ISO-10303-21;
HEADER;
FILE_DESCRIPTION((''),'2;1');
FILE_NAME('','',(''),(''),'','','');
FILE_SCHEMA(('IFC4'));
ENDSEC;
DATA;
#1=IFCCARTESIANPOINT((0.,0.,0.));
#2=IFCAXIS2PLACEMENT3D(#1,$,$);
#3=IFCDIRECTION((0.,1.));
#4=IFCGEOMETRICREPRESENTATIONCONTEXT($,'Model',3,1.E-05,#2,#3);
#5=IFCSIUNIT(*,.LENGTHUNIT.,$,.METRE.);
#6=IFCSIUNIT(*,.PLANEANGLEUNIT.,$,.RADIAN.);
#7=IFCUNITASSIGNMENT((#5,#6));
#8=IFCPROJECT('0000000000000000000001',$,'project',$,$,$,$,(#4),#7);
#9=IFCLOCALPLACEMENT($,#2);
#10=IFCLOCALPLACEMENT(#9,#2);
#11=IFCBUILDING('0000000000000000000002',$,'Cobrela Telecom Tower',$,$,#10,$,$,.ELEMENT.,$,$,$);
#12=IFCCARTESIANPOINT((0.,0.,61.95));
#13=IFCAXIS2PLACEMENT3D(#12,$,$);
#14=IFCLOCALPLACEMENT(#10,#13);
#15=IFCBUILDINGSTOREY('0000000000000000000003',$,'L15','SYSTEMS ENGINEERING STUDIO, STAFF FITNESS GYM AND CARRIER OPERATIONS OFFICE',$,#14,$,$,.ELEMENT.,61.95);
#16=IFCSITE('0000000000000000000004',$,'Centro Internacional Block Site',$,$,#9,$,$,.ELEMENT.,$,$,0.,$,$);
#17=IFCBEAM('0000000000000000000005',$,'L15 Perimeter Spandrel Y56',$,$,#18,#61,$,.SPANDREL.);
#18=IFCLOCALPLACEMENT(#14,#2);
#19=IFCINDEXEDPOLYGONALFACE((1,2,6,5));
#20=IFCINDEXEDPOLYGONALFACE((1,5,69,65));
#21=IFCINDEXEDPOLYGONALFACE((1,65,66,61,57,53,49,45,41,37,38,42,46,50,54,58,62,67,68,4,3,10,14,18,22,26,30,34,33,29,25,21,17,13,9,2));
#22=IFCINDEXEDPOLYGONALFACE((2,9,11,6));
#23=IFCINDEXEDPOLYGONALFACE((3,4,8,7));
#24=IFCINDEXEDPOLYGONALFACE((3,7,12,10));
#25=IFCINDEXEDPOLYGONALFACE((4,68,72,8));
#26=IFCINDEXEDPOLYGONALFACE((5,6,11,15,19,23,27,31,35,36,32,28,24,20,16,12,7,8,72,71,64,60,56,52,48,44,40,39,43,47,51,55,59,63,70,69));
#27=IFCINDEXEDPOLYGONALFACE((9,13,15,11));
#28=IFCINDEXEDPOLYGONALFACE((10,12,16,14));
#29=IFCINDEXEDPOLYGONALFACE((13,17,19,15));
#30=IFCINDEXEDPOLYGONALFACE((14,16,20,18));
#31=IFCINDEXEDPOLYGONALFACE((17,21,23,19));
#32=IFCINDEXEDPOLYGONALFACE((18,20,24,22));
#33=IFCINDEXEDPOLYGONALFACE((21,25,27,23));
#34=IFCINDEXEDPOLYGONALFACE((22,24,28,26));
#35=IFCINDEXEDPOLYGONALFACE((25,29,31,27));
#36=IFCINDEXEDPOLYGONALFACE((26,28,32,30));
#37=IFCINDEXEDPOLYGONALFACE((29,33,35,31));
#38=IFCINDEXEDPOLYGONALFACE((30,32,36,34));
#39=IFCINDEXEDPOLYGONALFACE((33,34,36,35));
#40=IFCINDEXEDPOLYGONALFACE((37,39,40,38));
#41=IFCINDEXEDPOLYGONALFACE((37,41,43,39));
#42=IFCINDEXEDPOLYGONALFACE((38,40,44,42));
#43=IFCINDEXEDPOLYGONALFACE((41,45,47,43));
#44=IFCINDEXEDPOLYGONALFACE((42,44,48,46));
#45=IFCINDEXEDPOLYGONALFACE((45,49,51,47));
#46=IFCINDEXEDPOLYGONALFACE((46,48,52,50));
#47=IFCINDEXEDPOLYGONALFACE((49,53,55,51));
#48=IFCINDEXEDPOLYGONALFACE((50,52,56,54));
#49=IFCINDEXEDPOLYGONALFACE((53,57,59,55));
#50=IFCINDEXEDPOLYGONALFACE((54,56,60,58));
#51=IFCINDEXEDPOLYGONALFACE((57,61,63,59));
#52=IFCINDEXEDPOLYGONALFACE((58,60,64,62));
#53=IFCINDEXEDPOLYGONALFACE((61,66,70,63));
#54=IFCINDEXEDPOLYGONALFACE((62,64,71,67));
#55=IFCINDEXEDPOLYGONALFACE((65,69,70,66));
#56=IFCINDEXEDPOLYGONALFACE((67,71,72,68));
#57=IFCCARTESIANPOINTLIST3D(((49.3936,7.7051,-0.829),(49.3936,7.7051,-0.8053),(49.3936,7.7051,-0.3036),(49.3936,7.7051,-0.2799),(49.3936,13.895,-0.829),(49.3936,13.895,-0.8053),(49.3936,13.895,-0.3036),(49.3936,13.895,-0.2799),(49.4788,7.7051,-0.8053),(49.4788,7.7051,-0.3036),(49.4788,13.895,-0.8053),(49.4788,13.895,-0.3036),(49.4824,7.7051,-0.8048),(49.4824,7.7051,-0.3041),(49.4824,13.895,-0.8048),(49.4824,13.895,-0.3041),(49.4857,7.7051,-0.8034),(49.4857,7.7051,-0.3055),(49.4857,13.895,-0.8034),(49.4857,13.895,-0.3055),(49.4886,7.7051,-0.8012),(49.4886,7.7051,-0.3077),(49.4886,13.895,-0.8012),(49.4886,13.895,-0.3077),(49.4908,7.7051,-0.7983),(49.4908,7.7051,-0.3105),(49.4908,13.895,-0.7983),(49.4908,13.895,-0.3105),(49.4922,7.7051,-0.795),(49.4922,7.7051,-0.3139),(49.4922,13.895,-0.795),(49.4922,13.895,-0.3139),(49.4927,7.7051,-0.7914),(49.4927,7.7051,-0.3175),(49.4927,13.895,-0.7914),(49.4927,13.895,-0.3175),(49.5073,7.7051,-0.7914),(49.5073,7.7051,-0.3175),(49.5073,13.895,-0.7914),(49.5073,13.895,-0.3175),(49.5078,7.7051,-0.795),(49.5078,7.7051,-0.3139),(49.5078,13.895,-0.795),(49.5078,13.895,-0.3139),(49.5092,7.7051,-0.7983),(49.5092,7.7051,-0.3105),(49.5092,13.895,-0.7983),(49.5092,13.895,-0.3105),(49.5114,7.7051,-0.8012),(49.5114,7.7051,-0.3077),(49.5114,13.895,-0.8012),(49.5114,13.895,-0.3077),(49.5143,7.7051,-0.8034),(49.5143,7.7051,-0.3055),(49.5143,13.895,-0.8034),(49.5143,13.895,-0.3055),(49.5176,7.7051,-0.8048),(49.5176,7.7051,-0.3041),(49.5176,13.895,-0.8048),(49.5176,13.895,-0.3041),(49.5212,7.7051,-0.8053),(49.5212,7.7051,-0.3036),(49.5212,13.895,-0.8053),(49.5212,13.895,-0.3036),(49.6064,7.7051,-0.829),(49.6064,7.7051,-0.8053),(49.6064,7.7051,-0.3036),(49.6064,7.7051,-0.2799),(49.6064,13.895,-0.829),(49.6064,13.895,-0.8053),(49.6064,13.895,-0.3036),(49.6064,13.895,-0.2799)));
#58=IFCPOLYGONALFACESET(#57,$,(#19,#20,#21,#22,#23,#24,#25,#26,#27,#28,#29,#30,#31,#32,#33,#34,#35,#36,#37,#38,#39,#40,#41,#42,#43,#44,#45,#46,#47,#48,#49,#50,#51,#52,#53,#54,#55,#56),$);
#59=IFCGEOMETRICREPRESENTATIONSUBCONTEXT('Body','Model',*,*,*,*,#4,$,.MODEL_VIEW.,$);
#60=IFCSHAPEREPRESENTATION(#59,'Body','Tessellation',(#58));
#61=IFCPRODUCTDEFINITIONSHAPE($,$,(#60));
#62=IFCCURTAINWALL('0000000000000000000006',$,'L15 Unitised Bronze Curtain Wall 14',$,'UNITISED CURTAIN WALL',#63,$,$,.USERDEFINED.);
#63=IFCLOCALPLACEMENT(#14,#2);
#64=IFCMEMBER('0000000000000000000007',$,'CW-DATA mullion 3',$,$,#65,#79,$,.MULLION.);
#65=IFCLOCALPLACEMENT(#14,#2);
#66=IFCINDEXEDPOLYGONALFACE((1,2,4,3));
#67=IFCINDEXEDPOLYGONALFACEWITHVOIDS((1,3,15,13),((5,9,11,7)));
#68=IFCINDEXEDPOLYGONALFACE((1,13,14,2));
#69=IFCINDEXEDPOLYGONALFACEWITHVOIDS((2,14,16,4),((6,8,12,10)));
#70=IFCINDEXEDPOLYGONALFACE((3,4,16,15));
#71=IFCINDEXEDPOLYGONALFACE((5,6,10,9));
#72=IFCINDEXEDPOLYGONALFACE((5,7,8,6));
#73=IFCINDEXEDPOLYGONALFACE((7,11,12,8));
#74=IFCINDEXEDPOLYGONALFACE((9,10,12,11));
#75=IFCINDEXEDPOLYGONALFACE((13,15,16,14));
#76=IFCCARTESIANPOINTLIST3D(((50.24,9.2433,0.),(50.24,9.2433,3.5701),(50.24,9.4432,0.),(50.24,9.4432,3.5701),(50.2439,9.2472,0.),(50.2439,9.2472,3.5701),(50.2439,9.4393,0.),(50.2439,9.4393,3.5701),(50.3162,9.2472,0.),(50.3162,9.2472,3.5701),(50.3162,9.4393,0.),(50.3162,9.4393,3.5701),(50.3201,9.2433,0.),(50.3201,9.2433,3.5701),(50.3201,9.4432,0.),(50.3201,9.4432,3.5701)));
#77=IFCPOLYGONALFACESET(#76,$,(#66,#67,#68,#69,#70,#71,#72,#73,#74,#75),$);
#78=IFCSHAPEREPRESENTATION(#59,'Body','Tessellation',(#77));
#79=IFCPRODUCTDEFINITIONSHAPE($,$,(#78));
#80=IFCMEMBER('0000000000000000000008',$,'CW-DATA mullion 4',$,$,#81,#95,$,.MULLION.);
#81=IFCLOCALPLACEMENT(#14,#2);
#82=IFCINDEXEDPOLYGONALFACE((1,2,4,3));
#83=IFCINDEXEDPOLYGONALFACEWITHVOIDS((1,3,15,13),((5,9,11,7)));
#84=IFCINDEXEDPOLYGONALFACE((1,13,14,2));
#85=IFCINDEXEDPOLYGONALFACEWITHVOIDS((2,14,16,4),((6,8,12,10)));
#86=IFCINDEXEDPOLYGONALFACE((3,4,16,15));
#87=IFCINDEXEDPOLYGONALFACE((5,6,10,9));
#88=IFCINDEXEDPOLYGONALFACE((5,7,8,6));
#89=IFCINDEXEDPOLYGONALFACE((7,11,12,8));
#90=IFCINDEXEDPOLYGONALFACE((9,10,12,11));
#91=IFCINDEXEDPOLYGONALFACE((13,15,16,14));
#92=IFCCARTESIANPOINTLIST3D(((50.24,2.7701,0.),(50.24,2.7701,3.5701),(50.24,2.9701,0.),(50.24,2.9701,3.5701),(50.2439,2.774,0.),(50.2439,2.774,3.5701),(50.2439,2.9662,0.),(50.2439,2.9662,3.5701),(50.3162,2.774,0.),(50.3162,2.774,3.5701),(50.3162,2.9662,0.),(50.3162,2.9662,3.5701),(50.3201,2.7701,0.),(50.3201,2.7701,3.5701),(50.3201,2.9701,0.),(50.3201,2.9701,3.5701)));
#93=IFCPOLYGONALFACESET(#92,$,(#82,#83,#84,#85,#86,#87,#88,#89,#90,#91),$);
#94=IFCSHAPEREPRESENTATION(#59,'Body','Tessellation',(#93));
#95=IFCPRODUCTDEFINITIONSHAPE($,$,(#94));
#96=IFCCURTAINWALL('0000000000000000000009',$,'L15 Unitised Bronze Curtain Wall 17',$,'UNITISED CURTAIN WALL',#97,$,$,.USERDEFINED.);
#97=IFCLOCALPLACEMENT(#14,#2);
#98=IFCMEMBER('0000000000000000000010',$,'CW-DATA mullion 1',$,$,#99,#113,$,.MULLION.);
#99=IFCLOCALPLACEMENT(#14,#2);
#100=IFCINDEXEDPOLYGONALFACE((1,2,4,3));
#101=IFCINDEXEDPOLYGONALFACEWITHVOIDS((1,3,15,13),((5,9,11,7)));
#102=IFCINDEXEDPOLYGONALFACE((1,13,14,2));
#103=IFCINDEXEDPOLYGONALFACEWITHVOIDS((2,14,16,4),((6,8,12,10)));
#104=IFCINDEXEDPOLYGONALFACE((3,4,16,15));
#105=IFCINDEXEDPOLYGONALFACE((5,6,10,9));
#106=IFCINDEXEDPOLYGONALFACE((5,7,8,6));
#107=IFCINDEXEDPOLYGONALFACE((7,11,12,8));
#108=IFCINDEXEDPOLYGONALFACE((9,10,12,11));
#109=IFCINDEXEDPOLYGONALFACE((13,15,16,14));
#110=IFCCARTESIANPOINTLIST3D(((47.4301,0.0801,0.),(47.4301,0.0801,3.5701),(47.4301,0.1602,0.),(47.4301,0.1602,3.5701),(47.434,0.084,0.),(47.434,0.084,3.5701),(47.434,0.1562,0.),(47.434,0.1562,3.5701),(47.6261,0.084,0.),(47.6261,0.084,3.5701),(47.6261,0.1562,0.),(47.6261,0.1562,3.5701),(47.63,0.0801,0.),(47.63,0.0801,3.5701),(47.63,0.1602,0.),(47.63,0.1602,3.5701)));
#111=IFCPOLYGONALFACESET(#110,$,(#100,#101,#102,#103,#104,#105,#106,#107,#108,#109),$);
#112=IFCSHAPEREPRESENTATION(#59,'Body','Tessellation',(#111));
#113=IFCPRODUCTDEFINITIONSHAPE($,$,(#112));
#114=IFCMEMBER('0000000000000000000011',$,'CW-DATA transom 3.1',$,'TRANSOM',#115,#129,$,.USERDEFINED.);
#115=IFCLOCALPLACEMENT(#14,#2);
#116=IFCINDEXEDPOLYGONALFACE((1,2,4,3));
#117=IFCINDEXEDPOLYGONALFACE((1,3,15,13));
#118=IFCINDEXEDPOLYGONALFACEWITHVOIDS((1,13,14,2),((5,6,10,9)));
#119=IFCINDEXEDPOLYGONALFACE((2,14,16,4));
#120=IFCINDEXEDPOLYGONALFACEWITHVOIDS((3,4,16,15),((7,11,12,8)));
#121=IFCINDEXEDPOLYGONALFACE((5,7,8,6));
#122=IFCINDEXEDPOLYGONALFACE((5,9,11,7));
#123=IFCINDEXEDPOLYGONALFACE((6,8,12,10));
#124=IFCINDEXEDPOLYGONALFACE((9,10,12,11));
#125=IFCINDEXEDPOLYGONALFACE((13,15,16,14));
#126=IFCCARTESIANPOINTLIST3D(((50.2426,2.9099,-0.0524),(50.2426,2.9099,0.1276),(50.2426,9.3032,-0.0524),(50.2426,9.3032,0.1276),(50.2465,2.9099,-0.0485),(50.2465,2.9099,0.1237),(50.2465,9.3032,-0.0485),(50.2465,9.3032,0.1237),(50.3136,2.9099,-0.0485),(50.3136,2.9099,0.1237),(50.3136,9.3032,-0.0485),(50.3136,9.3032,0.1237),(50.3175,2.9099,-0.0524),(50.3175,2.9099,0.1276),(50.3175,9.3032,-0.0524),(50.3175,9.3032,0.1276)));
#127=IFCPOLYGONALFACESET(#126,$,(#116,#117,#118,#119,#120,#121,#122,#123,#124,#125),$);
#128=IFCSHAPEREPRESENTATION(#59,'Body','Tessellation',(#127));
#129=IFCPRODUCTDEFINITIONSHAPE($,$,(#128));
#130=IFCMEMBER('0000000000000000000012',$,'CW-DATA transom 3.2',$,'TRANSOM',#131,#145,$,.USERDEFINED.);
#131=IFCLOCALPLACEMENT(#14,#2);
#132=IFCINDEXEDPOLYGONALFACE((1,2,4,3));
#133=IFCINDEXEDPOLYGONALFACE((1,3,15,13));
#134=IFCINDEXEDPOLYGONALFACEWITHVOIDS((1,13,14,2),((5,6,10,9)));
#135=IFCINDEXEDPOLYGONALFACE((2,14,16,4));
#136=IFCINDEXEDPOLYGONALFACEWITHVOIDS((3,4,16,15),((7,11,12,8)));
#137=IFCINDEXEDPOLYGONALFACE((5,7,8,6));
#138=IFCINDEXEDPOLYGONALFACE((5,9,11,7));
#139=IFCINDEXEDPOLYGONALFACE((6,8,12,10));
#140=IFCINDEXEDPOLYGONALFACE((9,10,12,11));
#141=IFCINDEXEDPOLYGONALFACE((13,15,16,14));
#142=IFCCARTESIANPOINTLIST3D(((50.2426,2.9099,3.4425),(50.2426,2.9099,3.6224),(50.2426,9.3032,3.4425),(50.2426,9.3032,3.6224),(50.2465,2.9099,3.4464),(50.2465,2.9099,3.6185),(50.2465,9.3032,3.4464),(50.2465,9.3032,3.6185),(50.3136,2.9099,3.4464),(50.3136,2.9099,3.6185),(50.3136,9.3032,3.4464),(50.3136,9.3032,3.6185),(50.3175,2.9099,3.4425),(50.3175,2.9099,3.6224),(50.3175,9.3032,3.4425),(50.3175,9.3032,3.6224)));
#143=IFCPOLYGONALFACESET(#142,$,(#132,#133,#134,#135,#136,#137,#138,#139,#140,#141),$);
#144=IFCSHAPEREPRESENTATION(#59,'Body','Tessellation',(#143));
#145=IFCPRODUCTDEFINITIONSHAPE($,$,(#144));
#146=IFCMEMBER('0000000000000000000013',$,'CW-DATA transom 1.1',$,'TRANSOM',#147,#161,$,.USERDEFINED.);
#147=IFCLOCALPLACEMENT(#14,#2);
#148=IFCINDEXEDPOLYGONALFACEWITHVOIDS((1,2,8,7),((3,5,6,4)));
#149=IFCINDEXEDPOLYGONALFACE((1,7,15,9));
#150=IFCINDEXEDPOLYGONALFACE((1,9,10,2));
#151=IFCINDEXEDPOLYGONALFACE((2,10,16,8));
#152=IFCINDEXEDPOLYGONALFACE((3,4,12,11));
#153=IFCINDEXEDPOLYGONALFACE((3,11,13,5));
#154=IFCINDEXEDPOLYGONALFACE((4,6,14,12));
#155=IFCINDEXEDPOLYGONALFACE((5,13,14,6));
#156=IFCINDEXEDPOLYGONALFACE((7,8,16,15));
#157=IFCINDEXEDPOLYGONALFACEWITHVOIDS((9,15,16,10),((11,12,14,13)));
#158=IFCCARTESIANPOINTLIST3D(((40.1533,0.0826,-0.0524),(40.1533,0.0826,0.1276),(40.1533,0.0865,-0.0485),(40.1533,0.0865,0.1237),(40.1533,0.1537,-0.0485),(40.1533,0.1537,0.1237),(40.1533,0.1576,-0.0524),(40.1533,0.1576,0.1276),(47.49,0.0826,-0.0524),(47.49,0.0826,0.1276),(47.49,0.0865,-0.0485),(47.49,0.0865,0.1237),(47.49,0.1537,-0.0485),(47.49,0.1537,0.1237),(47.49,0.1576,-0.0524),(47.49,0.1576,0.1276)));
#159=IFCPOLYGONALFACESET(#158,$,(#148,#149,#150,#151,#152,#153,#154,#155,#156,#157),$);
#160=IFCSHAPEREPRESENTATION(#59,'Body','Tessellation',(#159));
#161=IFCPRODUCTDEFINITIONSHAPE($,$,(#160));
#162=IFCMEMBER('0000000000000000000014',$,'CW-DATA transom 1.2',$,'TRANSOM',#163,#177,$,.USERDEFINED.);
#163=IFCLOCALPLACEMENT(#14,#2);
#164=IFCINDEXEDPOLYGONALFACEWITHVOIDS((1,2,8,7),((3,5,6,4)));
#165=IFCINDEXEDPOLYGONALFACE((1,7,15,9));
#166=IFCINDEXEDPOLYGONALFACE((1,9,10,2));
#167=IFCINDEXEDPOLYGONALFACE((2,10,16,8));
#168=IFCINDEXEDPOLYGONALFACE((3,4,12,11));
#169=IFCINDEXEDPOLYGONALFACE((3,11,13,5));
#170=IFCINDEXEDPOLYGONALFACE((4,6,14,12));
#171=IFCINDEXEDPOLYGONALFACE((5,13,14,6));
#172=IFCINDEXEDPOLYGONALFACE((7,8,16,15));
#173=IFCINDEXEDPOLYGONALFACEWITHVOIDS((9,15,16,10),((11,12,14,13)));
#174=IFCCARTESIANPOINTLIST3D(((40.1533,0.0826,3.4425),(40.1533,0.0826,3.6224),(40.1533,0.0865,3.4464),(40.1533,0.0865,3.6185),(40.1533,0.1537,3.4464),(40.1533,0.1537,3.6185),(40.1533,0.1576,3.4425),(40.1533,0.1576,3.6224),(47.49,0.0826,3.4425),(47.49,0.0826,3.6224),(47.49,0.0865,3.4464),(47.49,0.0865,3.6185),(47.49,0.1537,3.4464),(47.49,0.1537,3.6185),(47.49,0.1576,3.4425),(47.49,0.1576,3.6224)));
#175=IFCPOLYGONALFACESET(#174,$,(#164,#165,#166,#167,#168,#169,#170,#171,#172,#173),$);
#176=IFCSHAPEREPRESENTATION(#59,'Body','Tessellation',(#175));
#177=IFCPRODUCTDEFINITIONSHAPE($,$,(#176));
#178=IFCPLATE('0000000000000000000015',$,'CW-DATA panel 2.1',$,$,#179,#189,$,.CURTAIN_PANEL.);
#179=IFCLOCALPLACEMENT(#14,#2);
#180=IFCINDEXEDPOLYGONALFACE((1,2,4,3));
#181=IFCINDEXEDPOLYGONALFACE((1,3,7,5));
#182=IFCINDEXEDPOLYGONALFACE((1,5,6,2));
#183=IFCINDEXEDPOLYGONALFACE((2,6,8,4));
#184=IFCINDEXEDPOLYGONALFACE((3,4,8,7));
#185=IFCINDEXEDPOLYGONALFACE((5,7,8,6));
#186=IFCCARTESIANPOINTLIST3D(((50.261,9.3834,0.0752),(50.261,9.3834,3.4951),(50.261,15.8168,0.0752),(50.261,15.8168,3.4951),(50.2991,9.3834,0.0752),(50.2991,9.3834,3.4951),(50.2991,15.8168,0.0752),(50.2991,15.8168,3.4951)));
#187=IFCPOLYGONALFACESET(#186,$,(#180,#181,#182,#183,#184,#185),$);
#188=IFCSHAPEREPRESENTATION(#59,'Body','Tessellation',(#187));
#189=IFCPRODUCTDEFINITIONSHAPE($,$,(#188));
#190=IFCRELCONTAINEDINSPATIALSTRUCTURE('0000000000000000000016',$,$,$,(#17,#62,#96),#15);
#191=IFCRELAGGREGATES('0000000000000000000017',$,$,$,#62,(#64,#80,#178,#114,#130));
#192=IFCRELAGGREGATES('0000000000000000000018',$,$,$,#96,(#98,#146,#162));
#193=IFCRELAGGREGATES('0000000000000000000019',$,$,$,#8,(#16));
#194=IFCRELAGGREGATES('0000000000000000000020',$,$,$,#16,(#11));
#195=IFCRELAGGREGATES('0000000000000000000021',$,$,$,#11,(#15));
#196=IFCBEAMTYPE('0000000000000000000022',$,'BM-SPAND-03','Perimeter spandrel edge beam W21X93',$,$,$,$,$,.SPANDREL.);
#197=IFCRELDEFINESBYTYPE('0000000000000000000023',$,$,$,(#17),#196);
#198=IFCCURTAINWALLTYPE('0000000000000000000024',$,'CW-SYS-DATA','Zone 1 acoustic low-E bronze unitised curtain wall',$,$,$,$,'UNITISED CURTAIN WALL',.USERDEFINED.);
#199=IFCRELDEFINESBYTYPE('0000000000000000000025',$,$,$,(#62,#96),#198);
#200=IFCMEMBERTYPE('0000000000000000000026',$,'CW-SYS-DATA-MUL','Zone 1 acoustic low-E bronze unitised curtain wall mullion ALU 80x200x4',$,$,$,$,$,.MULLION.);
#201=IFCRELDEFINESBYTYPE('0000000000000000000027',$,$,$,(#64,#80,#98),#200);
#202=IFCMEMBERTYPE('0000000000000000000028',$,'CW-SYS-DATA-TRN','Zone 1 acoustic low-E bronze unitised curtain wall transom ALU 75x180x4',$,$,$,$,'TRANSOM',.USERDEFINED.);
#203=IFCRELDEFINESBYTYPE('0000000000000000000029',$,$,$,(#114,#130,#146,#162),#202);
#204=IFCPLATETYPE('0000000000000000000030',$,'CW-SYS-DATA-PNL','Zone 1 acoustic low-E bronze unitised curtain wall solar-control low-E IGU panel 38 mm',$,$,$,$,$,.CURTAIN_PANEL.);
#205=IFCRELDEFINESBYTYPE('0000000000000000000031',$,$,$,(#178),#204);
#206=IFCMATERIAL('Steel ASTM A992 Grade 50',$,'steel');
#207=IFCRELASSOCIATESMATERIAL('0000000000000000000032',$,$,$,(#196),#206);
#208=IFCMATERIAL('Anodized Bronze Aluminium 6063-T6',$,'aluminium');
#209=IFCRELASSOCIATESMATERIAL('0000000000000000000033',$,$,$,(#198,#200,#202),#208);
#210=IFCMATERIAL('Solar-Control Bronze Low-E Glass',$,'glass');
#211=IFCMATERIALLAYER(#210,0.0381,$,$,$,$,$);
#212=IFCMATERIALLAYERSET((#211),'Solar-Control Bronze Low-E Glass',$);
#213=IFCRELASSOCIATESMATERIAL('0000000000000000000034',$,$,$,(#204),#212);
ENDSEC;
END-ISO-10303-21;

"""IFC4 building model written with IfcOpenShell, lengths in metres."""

from ifc_helpers import new_model, si_unit, direction, frame, origin, origin_2d, place, context, subcontext, project, spatial, rectangle, hollow_rectangle, i_section, extrude, material, layer, layer_set, material_profile, profile_set, type_object, element, aggregate, save


model = new_model("IFC4")

# Units and contexts
model_context = context("Model", 3, precision=1e-05, world=origin(), true_north=direction((0.0, 1.0)))
body_context = subcontext(model_context, "Body", "Model", "MODEL_VIEW")
ifc_project = project(units=[si_unit("LENGTHUNIT", "METRE"), si_unit("PLANEANGLEUNIT", "RADIAN")], contexts=[model_context])

# Site, building, storey
site_placement = place(None, origin())
site = spatial("IfcSite", under=ifc_project, at=site_placement, Name="Centro Internacional Block Site", CompositionType="ELEMENT", RefElevation=0.0)
building_placement = place(site_placement, origin())
building = spatial("IfcBuilding", under=site, at=building_placement, Name="Cobrela Telecom Tower", CompositionType="ELEMENT")
storey_placement = place(building_placement, frame((0.0, 0.0, 61.95)))
storey = spatial("IfcBuildingStorey", under=building, at=storey_placement, Name="L15", Description="SYSTEMS ENGINEERING STUDIO, STAFF FITNESS GYM AND CARRIER OPERATIONS OFFICE", CompositionType="ELEMENT", Elevation=61.95)

# Shared definitions
ifc_material_1 = material(Name="Steel ASTM A992 Grade 50", Category="steel")

# Beam
ifc_material_profile_1 = material_profile(ifc_material_1, i_section(OverallWidth=0.2129, OverallDepth=0.5491, WebThickness=0.0146, FlangeThickness=0.0237, FilletRadius=0.0139, at=origin_2d()), Name="W21X93")
ifc_profile_set_1 = profile_set([ifc_material_profile_1], Name="Steel ASTM A992 Grade 50")
beam_type_1 = type_object("IfcBeamType", Name="BM-SPAND-03", Description="Perimeter spandrel edge beam W21X93", PredefinedType="SPANDREL", material=ifc_profile_set_1)
beam_1_placement = place(storey_placement, frame((49.5, 7.7051, -0.5544), z_axis=(0.0, 1.0, 0.0), x_axis=(-1.0, 0.0, 0.0)))
element("IfcBeam", 1, at=beam_1_placement, inside=storey, type_object=beam_type_1, Name="L15 Perimeter Spandrel Y56", PredefinedType="SPANDREL", context=body_context, shape_type="SweptSolid", body=[
    extrude(i_section(OverallWidth=0.2129, OverallDepth=0.5491, WebThickness=0.0146, FlangeThickness=0.0237, FilletRadius=0.0139, at=origin_2d()), origin(), (0.0, 0.0, 1.0), 6.1899),
])

# Curtain wall, members
ifc_material_2 = material(Name="Anodized Bronze Aluminium 6063-T6", Category="aluminium")
curtain_wall_type = type_object("IfcCurtainWallType", Name="CW-SYS-DATA", Description="Zone 1 acoustic low-E bronze unitised curtain wall", ElementType="UNITISED CURTAIN WALL", PredefinedType="USERDEFINED", material=ifc_material_2)
curtain_wall_1_placement = place(storey_placement, origin())
curtain_wall_1 = element("IfcCurtainWall", 2, at=curtain_wall_1_placement, inside=storey, type_object=curtain_wall_type, Name="L15 Unitised Bronze Curtain Wall 14", ObjectType="UNITISED CURTAIN WALL", PredefinedType="USERDEFINED")
ifc_material_profile_2 = material_profile(ifc_material_2, hollow_rectangle(XDim=0.0801, YDim=0.2, WallThickness=0.0039, at=origin_2d()), Name="ALU 80x200x4")
ifc_profile_set_2 = profile_set([ifc_material_profile_2], Name="Anodized Bronze Aluminium 6063-T6")
member_type_1 = type_object("IfcMemberType", Name="CW-SYS-DATA-MUL", Description="Zone 1 acoustic low-E bronze unitised curtain wall mullion ALU 80x200x4", PredefinedType="MULLION", material=ifc_profile_set_2)
member_1_placement = place(storey_placement, frame((50.28, 9.3433, 0.0), z_axis=(0.0, 0.0, 1.0), x_axis=(1.0, 0.0, 0.0)))
member_1 = element("IfcMember", 3, at=member_1_placement, type_object=member_type_1, Name="CW-DATA mullion 3", PredefinedType="MULLION", context=body_context, shape_type="SweptSolid", body=[
    extrude(hollow_rectangle(XDim=0.0801, YDim=0.2, WallThickness=0.0039, at=origin_2d()), origin(), (0.0, 0.0, 1.0), 3.5701),
])
member_2_placement = place(storey_placement, frame((50.28, 2.8701, 0.0), z_axis=(0.0, 0.0, 1.0), x_axis=(1.0, 0.0, 0.0)))
member_2 = element("IfcMember", 4, at=member_2_placement, type_object=member_type_1, Name="CW-DATA mullion 4", PredefinedType="MULLION", context=body_context, shape_type="SweptSolid", body=[
    extrude(hollow_rectangle(XDim=0.0801, YDim=0.2, WallThickness=0.0039, at=origin_2d()), origin(), (0.0, 0.0, 1.0), 3.5701),
])

# Curtain wall, member
curtain_wall_2_placement = place(storey_placement, origin())
curtain_wall_2 = element("IfcCurtainWall", 5, at=curtain_wall_2_placement, inside=storey, type_object=curtain_wall_type, Name="L15 Unitised Bronze Curtain Wall 17", ObjectType="UNITISED CURTAIN WALL", PredefinedType="USERDEFINED")
member_3_placement = place(storey_placement, frame((47.53, 0.1201, 0.0), z_axis=(0.0, 0.0, 1.0), x_axis=(0.0, -1.0, 0.0)))
member_3 = element("IfcMember", 6, at=member_3_placement, type_object=member_type_1, Name="CW-DATA mullion 1", PredefinedType="MULLION", context=body_context, shape_type="SweptSolid", body=[
    extrude(hollow_rectangle(XDim=0.0801, YDim=0.2, WallThickness=0.0039, at=origin_2d()), origin(), (0.0, 0.0, 1.0), 3.5701),
])

# Members
ifc_material_profile_3 = material_profile(ifc_material_2, hollow_rectangle(XDim=0.075, YDim=0.1799, WallThickness=0.0039, at=origin_2d()), Name="ALU 75x180x4")
ifc_profile_set_3 = profile_set([ifc_material_profile_3], Name="Anodized Bronze Aluminium 6063-T6")
member_type_2 = type_object("IfcMemberType", Name="CW-SYS-DATA-TRN", Description="Zone 1 acoustic low-E bronze unitised curtain wall transom ALU 75x180x4", ElementType="TRANSOM", PredefinedType="USERDEFINED", material=ifc_profile_set_3)
member_4_placement = place(storey_placement, frame((50.28, 9.3032, 0.0376), z_axis=(0.0, -1.0, 0.0), x_axis=(1.0, 0.0, 0.0)))
member_4 = element("IfcMember", 7, at=member_4_placement, type_object=member_type_2, Name="CW-DATA transom 3.1", ObjectType="TRANSOM", PredefinedType="USERDEFINED", context=body_context, shape_type="SweptSolid", body=[
    extrude(hollow_rectangle(XDim=0.075, YDim=0.1799, WallThickness=0.0039, at=origin_2d()), origin(), (0.0, 0.0, 1.0), 6.3933),
])
member_5_placement = place(storey_placement, frame((50.28, 9.3032, 3.5325), z_axis=(0.0, -1.0, 0.0), x_axis=(1.0, 0.0, 0.0)))
member_5 = element("IfcMember", 8, at=member_5_placement, type_object=member_type_2, Name="CW-DATA transom 3.2", ObjectType="TRANSOM", PredefinedType="USERDEFINED", context=body_context, shape_type="SweptSolid", body=[
    extrude(hollow_rectangle(XDim=0.075, YDim=0.1799, WallThickness=0.0039, at=origin_2d()), origin(), (0.0, 0.0, 1.0), 6.3933),
])
member_6_placement = place(storey_placement, frame((47.49, 0.1201, 0.0376), z_axis=(-1.0, 0.0, 0.0), x_axis=(0.0, -1.0, 0.0)))
member_6 = element("IfcMember", 9, at=member_6_placement, type_object=member_type_2, Name="CW-DATA transom 1.1", ObjectType="TRANSOM", PredefinedType="USERDEFINED", context=body_context, shape_type="SweptSolid", body=[
    extrude(hollow_rectangle(XDim=0.075, YDim=0.1799, WallThickness=0.0039, at=origin_2d()), origin(), (0.0, 0.0, 1.0), 7.3367),
])
member_7_placement = place(storey_placement, frame((47.49, 0.1201, 3.5325), z_axis=(-1.0, 0.0, 0.0), x_axis=(0.0, -1.0, 0.0)))
member_7 = element("IfcMember", 10, at=member_7_placement, type_object=member_type_2, Name="CW-DATA transom 1.2", ObjectType="TRANSOM", PredefinedType="USERDEFINED", context=body_context, shape_type="SweptSolid", body=[
    extrude(hollow_rectangle(XDim=0.075, YDim=0.1799, WallThickness=0.0039, at=origin_2d()), origin(), (0.0, 0.0, 1.0), 7.3367),
])

# Plate
ifc_material_3 = material(Name="Solar-Control Bronze Low-E Glass", Category="glass")
ifc_layer_1 = layer(ifc_material_3, 0.0381)
ifc_layer_set_1 = layer_set([ifc_layer_1], Name="Solar-Control Bronze Low-E Glass")
plate_type = type_object("IfcPlateType", Name="CW-SYS-DATA-PNL", Description="Zone 1 acoustic low-E bronze unitised curtain wall solar-control low-E IGU panel 38 mm", PredefinedType="CURTAIN_PANEL", material=ifc_layer_set_1)
plate_1_placement = place(storey_placement, frame((50.28, 12.6001, 0.0752), z_axis=(0.0, 0.0, 1.0), x_axis=(0.0, -1.0, 0.0)))
plate_1 = element("IfcPlate", 11, at=plate_1_placement, type_object=plate_type, Name="CW-DATA panel 2.1", PredefinedType="CURTAIN_PANEL", context=body_context, shape_type="SweptSolid", body=[
    extrude(rectangle(XDim=6.4333, YDim=0.0381, at=origin_2d()), origin(), (0.0, 0.0, 1.0), 3.4199),
])
aggregate(curtain_wall_1, [member_1, member_2, plate_1, member_4, member_5])
aggregate(curtain_wall_2, [member_3, member_6, member_7])

save(model, "model.ifc")
